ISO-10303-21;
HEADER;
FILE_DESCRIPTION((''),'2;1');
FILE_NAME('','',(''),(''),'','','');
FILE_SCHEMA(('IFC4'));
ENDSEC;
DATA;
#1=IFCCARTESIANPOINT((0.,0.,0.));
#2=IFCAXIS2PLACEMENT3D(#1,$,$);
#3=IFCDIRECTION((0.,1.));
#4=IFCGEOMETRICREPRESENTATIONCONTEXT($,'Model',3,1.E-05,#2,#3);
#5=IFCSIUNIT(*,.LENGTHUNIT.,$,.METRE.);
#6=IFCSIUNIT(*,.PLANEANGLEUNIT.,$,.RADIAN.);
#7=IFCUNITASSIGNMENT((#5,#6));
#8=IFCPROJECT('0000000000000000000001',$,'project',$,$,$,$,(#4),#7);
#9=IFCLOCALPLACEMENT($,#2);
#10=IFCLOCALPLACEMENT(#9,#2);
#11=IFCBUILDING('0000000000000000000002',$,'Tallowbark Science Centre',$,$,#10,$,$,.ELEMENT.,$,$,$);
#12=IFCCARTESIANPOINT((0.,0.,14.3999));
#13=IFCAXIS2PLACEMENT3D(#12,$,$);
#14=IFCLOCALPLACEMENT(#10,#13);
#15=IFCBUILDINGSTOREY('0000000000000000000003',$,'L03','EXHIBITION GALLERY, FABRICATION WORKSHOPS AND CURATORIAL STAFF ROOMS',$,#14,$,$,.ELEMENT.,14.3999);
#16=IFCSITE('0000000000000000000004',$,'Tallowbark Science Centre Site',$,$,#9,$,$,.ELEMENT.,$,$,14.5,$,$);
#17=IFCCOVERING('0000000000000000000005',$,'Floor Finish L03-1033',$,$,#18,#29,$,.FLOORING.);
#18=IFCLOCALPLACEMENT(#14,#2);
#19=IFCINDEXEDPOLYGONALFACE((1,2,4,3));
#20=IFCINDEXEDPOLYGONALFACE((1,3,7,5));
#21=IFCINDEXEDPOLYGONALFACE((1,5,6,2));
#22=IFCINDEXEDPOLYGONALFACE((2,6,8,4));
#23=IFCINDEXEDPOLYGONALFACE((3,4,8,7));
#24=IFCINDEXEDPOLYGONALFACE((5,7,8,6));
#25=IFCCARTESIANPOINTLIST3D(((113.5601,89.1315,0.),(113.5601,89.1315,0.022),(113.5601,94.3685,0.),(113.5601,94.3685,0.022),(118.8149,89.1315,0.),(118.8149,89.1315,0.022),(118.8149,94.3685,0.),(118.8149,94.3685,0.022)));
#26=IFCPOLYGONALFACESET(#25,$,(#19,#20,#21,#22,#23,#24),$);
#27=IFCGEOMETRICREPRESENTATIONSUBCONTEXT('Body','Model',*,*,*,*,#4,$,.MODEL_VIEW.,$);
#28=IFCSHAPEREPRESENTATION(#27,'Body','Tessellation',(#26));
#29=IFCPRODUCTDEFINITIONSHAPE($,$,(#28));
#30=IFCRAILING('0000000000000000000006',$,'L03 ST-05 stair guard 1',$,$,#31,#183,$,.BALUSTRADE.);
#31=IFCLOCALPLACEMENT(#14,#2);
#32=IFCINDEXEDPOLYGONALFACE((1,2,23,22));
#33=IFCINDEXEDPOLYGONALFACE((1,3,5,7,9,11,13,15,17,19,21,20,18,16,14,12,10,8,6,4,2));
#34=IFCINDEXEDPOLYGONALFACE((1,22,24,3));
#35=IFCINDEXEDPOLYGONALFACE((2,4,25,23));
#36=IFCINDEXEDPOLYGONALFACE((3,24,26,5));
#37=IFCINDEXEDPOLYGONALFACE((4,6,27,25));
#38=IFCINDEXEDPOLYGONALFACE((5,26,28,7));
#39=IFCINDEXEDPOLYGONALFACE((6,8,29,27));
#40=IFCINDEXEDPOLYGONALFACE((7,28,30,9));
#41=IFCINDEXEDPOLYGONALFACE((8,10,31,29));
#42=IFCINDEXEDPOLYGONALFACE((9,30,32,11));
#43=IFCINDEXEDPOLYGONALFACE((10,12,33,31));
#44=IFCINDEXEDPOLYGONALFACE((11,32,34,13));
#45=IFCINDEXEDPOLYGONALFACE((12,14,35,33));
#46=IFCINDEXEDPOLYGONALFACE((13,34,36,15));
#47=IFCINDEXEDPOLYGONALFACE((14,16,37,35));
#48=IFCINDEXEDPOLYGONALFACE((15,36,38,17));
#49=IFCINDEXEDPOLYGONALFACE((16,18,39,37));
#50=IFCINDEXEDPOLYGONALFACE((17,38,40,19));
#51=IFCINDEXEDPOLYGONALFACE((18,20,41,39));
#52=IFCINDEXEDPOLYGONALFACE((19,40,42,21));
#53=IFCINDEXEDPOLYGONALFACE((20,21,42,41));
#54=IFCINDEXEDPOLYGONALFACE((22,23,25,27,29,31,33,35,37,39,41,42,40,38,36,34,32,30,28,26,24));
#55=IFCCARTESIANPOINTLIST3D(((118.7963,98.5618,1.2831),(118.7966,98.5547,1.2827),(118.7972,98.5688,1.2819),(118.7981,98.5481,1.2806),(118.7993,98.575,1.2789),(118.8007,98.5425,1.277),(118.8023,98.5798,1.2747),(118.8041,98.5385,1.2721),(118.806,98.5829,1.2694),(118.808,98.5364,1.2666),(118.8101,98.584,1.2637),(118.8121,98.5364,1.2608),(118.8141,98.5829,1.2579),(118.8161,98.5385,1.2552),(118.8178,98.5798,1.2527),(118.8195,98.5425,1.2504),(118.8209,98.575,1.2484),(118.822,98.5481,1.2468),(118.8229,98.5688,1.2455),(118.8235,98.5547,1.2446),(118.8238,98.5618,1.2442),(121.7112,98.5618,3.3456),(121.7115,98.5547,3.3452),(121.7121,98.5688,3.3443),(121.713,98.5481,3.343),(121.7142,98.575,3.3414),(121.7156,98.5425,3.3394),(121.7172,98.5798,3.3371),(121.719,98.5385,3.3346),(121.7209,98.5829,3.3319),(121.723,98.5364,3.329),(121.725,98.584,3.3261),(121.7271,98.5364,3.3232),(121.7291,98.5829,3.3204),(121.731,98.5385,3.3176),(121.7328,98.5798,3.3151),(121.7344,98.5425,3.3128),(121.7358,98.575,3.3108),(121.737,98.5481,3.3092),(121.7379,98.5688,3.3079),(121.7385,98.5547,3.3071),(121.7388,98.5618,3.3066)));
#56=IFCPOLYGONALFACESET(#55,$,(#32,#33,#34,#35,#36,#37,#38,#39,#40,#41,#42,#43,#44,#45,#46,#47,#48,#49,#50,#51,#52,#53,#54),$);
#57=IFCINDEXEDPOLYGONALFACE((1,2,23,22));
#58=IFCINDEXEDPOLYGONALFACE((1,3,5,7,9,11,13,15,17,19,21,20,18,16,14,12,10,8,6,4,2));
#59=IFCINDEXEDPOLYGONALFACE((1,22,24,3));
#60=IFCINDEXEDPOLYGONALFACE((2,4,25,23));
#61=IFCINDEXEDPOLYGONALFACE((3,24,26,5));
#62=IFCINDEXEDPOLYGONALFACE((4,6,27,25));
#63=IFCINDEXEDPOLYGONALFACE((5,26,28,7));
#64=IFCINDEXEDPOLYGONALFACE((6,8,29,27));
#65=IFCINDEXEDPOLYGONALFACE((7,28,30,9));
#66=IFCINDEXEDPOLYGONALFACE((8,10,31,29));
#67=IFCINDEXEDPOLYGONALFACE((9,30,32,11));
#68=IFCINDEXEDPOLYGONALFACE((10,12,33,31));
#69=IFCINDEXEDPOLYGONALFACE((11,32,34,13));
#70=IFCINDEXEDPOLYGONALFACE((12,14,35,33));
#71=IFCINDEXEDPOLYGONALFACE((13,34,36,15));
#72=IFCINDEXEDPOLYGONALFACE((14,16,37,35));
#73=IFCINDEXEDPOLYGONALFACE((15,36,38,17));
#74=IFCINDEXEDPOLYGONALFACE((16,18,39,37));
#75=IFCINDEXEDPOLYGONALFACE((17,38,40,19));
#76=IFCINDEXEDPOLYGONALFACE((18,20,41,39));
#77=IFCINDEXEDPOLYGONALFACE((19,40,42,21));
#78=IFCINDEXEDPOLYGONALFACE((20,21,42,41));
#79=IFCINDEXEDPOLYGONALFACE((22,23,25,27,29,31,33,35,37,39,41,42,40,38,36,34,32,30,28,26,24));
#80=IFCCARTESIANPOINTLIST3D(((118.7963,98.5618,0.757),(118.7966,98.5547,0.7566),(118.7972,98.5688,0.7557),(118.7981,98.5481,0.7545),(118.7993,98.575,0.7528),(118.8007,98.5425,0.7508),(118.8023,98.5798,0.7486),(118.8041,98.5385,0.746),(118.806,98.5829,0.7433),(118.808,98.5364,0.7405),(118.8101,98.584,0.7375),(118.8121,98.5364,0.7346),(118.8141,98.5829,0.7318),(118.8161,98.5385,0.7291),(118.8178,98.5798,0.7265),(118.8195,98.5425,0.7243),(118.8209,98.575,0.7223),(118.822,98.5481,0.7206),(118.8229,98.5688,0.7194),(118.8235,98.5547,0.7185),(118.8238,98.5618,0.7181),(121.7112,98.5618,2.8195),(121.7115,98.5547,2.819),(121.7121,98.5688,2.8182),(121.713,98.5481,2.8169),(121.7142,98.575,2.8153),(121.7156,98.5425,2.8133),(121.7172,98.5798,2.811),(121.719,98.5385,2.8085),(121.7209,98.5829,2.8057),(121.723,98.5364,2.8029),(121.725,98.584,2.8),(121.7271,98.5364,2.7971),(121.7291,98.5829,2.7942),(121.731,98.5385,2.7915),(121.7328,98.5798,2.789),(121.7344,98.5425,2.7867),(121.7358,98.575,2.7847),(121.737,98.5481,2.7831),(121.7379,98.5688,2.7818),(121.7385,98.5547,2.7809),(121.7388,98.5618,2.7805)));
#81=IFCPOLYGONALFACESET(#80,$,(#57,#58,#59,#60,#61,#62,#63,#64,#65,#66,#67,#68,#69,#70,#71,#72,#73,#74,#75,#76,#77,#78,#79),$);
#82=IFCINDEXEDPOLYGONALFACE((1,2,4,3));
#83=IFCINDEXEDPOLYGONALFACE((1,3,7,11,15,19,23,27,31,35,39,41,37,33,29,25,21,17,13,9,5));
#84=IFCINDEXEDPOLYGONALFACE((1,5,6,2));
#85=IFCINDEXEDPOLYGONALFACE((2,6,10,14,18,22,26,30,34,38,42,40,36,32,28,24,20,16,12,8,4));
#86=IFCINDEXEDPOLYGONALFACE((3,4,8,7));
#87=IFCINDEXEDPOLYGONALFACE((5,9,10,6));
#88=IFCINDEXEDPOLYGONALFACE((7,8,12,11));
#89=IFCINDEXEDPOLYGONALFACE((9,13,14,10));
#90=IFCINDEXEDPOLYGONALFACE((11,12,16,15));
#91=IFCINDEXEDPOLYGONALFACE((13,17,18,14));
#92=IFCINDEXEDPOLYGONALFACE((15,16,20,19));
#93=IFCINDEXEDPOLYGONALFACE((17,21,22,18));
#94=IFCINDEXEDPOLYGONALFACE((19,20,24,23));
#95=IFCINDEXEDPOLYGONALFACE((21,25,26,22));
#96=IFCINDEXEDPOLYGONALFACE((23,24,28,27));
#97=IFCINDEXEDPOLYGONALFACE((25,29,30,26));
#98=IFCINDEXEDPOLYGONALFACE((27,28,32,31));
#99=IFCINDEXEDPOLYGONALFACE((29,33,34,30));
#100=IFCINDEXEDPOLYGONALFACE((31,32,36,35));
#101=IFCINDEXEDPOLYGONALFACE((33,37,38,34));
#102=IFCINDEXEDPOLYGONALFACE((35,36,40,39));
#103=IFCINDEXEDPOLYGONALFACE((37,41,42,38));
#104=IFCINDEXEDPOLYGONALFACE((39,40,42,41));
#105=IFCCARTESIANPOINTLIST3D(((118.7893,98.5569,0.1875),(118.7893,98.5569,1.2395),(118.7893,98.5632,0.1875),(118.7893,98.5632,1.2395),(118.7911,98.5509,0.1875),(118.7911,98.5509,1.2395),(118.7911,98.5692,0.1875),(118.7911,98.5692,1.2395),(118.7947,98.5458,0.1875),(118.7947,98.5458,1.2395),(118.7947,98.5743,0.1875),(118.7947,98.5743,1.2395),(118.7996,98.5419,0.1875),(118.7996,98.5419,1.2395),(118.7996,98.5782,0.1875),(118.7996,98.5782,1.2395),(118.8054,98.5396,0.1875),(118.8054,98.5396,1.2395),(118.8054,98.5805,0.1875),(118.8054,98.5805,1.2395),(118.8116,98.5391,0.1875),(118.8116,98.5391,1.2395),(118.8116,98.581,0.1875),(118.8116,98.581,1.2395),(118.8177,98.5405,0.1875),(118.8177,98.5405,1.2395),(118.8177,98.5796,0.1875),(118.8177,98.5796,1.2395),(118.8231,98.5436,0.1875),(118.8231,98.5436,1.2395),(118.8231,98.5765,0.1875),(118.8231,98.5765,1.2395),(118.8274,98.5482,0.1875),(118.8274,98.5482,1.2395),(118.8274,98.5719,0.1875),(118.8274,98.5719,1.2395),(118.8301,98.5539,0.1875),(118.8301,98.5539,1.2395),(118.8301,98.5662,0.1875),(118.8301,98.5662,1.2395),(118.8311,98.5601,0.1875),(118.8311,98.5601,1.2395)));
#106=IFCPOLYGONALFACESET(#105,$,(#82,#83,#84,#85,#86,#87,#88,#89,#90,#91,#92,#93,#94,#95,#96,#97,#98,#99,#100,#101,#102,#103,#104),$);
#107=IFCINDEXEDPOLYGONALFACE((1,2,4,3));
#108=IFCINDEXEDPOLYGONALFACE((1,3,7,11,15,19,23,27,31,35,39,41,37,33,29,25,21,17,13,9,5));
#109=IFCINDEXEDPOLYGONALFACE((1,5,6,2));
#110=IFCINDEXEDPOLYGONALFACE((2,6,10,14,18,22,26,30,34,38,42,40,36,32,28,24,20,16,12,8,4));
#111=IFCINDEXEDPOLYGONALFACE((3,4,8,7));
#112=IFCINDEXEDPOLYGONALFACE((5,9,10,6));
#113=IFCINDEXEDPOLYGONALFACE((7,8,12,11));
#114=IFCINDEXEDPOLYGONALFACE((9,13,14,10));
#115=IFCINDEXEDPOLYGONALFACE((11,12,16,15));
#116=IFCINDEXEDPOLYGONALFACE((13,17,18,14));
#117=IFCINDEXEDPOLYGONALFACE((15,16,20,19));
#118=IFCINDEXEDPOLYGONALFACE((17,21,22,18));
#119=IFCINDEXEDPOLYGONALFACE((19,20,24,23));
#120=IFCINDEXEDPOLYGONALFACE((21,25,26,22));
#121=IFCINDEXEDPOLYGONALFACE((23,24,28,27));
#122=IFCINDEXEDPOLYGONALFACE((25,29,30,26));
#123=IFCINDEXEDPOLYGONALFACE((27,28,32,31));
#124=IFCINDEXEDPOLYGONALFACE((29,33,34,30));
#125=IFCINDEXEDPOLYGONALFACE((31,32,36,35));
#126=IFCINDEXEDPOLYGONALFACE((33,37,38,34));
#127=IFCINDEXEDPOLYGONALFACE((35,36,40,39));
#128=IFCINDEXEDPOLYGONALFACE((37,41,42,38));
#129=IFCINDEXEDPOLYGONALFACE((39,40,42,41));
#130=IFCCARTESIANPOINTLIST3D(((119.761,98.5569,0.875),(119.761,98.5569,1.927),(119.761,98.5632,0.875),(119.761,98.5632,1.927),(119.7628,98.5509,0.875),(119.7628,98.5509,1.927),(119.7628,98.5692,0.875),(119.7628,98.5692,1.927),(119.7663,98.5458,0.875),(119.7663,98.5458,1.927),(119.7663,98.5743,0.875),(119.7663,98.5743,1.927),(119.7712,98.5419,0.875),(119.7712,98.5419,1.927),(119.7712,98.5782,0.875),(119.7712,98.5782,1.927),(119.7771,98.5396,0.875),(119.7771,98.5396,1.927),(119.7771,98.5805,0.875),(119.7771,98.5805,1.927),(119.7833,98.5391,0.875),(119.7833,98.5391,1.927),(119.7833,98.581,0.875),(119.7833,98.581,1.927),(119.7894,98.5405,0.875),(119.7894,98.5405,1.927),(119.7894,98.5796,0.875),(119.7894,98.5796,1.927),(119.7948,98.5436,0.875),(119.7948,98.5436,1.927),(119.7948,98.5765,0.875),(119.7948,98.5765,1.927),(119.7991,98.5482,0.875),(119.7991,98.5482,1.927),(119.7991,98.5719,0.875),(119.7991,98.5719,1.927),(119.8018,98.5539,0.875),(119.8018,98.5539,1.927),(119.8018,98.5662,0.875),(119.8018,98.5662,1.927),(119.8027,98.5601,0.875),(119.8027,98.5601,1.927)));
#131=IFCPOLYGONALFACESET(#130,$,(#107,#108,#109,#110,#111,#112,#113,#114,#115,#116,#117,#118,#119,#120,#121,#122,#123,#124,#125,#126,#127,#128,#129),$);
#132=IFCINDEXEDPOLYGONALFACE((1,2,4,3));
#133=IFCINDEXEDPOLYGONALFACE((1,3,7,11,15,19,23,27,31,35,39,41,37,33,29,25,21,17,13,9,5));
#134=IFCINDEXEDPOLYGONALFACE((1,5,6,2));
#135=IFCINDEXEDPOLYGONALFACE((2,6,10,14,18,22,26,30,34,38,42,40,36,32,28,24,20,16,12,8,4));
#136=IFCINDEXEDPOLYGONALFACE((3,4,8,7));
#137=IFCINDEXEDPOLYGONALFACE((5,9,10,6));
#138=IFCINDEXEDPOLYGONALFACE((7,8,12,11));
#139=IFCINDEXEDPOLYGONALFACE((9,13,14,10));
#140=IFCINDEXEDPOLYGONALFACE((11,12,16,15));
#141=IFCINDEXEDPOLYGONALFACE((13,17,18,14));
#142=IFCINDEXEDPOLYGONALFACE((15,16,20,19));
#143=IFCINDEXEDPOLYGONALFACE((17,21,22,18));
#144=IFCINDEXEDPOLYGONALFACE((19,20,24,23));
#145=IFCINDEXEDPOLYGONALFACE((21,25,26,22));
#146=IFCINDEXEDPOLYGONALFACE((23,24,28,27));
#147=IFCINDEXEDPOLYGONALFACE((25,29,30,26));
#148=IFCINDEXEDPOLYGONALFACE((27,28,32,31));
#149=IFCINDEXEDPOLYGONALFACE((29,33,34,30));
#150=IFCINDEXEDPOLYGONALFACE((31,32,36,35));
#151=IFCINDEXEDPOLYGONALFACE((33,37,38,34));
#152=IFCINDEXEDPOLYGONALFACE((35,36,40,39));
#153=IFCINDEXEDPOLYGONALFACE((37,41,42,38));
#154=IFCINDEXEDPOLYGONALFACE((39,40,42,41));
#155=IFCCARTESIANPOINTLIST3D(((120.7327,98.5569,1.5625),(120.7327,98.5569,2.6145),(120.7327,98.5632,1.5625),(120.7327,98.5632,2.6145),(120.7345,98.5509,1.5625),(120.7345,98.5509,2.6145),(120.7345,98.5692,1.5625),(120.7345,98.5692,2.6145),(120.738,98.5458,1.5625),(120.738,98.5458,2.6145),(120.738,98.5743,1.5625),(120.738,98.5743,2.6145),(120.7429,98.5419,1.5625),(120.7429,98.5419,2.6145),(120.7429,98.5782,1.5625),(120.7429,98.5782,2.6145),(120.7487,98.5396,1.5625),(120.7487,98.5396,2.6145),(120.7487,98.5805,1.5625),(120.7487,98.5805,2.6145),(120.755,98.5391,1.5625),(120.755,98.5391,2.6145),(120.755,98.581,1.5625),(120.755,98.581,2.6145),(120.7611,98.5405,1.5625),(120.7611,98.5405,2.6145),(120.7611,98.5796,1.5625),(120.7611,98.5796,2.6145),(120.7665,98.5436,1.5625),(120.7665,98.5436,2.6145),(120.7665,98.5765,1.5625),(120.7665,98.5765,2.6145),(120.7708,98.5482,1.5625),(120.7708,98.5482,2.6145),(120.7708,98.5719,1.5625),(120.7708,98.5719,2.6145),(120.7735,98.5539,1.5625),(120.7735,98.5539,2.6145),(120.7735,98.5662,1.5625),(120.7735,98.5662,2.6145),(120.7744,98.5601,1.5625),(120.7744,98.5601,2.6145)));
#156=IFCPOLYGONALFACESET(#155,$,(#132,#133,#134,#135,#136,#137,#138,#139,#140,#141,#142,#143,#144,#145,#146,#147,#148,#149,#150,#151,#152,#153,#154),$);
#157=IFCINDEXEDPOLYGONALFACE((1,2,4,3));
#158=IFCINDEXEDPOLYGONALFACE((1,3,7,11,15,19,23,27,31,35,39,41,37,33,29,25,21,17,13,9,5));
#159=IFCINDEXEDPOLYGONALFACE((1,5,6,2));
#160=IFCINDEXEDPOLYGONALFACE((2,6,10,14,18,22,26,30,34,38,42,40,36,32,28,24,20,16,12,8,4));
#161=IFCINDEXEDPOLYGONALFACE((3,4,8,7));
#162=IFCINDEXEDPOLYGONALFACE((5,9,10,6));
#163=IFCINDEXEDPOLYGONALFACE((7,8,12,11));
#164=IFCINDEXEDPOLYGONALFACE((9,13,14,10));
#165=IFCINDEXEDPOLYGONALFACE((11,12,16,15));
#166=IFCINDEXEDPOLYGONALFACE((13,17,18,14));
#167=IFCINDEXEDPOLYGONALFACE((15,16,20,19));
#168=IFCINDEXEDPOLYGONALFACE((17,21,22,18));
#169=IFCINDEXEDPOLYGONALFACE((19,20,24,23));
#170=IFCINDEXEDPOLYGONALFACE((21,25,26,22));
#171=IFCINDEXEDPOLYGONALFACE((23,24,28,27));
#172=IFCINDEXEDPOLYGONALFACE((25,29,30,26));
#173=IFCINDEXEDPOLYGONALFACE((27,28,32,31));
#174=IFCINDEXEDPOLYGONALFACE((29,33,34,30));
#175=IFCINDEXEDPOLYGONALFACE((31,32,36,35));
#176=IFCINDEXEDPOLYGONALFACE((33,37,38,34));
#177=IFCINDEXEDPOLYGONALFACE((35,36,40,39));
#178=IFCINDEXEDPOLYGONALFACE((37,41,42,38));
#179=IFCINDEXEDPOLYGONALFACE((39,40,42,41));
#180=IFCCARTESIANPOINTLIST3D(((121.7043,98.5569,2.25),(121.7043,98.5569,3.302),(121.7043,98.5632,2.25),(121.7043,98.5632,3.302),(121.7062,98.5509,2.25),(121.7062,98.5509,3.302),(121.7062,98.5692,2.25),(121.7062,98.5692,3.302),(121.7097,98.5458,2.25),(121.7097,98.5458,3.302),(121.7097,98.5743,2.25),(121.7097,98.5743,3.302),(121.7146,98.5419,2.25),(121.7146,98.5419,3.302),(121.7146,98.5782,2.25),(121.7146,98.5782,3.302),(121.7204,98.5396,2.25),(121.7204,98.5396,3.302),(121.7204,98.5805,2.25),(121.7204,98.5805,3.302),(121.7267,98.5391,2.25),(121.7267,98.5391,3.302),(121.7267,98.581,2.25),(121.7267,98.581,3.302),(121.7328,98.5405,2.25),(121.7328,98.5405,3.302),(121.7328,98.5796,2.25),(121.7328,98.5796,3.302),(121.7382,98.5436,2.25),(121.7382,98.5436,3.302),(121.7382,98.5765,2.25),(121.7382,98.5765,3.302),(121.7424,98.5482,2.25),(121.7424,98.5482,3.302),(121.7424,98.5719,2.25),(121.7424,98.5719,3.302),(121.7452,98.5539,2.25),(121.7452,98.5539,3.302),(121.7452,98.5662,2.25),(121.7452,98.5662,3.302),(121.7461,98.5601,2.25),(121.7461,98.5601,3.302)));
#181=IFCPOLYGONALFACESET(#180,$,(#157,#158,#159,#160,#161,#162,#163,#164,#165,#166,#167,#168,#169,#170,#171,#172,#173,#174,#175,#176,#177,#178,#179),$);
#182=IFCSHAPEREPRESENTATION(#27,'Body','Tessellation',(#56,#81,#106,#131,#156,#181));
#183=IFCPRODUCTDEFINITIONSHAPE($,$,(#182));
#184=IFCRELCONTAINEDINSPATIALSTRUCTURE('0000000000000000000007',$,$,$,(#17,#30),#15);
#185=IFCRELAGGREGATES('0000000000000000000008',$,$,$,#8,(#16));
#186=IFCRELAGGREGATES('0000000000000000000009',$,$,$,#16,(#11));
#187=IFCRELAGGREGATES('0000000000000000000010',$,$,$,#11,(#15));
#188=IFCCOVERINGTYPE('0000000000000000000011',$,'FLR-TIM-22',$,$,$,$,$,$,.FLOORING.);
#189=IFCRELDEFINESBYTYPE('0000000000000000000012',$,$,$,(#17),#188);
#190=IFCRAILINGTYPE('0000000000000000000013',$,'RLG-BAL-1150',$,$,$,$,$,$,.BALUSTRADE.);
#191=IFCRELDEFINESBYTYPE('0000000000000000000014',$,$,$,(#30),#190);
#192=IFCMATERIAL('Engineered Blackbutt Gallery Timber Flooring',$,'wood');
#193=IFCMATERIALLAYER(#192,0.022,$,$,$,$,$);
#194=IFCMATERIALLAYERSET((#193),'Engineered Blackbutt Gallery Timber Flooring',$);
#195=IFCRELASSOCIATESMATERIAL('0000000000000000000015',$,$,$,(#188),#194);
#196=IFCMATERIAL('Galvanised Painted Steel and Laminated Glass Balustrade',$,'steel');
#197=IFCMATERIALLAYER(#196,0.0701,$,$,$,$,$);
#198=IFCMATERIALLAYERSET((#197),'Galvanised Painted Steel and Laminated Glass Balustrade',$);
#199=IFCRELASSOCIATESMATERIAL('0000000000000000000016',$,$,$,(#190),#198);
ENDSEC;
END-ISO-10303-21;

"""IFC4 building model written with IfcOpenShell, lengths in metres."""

from ifc_helpers import new_model, si_unit, direction, frame, origin, origin_2d, place, context, subcontext, project, spatial, rectangle, circle, extrude, material, layer, layer_set, type_object, element, save


model = new_model("IFC4")

# Units and contexts
model_context = context("Model", 3, precision=1e-05, world=origin(), true_north=direction((0.0, 1.0)))
body_context = subcontext(model_context, "Body", "Model", "MODEL_VIEW")
ifc_project = project(units=[si_unit("LENGTHUNIT", "METRE"), si_unit("PLANEANGLEUNIT", "RADIAN")], contexts=[model_context])

# Site, building, storey
site_placement = place(None, origin())
site = spatial("IfcSite", under=ifc_project, at=site_placement, Name="Tallowbark Science Centre Site", CompositionType="ELEMENT", RefElevation=14.5)
building_placement = place(site_placement, origin())
building = spatial("IfcBuilding", under=site, at=building_placement, Name="Tallowbark Science Centre", CompositionType="ELEMENT")
storey_placement = place(building_placement, frame((0.0, 0.0, 14.3999)))
storey = spatial("IfcBuildingStorey", under=building, at=storey_placement, Name="L03", Description="EXHIBITION GALLERY, FABRICATION WORKSHOPS AND CURATORIAL STAFF ROOMS", CompositionType="ELEMENT", Elevation=14.3999)

# Covering
ifc_material_1 = material(Name="Engineered Blackbutt Gallery Timber Flooring", Category="wood")
ifc_layer_1 = layer(ifc_material_1, 0.022)
ifc_layer_set_1 = layer_set([ifc_layer_1], Name="Engineered Blackbutt Gallery Timber Flooring")
covering_type_1 = type_object("IfcCoveringType", Name="FLR-TIM-22", PredefinedType="FLOORING", material=ifc_layer_set_1)
covering_1_placement = place(storey_placement, frame((116.1875, 91.75, 0.0), z_axis=(0.0, 0.0, 1.0), x_axis=(1.0, 0.0, 0.0)))
element("IfcCovering", 1, at=covering_1_placement, inside=storey, type_object=covering_type_1, Name="Floor Finish L03-1033", PredefinedType="FLOORING", context=body_context, shape_type="SweptSolid", body=[
    extrude(rectangle(XDim=5.2549, YDim=5.2371, at=origin_2d()), origin(), (0.0, 0.0, 1.0), 0.022),
])

# Railing
ifc_material_2 = material(Name="Galvanised Painted Steel and Laminated Glass Balustrade", Category="steel")
ifc_layer_2 = layer(ifc_material_2, 0.0701)
ifc_layer_set_2 = layer_set([ifc_layer_2], Name="Galvanised Painted Steel and Laminated Glass Balustrade")
railing_type_1 = type_object("IfcRailingType", Name="RLG-BAL-1150", PredefinedType="BALUSTRADE", material=ifc_layer_set_2)
railing_1_placement = place(storey_placement, frame((118.8101, 98.5601, 0.1875)))
element("IfcRailing", 2, at=railing_1_placement, inside=storey, type_object=railing_type_1, Name="L03 ST-05 stair guard 1", PredefinedType="BALUSTRADE", context=body_context, shape_type="SweptSolid", body=[
    extrude(circle(Radius=0.0239, at=origin_2d()), frame((0.0, 0.0, 1.0762), z_axis=(0.816331, 0.0, 0.577585), x_axis=(0.0, 1.0, 0.0)), (0.0, 0.0, 1.0), 3.5708),
    extrude(circle(Radius=0.0239, at=origin_2d()), frame((0.0, 0.0, 0.55), z_axis=(0.816331, 0.0, 0.577585), x_axis=(0.0, 1.0, 0.0)), (0.0, 0.0, 1.0), 3.5708),
    extrude(circle(Radius=0.021, at=origin_2d()), origin(), (0.0, 0.0, 1.0), 1.052),
    extrude(circle(Radius=0.021, at=origin_2d()), frame((0.9717, 0.0, 0.6875)), (0.0, 0.0, 1.0), 1.052),
    extrude(circle(Radius=0.021, at=origin_2d()), frame((1.9434, 0.0, 1.375)), (0.0, 0.0, 1.0), 1.052),
    extrude(circle(Radius=0.021, at=origin_2d()), frame((2.915, 0.0, 2.0625)), (0.0, 0.0, 1.0), 1.052),
])

save(model, "model.ifc")
